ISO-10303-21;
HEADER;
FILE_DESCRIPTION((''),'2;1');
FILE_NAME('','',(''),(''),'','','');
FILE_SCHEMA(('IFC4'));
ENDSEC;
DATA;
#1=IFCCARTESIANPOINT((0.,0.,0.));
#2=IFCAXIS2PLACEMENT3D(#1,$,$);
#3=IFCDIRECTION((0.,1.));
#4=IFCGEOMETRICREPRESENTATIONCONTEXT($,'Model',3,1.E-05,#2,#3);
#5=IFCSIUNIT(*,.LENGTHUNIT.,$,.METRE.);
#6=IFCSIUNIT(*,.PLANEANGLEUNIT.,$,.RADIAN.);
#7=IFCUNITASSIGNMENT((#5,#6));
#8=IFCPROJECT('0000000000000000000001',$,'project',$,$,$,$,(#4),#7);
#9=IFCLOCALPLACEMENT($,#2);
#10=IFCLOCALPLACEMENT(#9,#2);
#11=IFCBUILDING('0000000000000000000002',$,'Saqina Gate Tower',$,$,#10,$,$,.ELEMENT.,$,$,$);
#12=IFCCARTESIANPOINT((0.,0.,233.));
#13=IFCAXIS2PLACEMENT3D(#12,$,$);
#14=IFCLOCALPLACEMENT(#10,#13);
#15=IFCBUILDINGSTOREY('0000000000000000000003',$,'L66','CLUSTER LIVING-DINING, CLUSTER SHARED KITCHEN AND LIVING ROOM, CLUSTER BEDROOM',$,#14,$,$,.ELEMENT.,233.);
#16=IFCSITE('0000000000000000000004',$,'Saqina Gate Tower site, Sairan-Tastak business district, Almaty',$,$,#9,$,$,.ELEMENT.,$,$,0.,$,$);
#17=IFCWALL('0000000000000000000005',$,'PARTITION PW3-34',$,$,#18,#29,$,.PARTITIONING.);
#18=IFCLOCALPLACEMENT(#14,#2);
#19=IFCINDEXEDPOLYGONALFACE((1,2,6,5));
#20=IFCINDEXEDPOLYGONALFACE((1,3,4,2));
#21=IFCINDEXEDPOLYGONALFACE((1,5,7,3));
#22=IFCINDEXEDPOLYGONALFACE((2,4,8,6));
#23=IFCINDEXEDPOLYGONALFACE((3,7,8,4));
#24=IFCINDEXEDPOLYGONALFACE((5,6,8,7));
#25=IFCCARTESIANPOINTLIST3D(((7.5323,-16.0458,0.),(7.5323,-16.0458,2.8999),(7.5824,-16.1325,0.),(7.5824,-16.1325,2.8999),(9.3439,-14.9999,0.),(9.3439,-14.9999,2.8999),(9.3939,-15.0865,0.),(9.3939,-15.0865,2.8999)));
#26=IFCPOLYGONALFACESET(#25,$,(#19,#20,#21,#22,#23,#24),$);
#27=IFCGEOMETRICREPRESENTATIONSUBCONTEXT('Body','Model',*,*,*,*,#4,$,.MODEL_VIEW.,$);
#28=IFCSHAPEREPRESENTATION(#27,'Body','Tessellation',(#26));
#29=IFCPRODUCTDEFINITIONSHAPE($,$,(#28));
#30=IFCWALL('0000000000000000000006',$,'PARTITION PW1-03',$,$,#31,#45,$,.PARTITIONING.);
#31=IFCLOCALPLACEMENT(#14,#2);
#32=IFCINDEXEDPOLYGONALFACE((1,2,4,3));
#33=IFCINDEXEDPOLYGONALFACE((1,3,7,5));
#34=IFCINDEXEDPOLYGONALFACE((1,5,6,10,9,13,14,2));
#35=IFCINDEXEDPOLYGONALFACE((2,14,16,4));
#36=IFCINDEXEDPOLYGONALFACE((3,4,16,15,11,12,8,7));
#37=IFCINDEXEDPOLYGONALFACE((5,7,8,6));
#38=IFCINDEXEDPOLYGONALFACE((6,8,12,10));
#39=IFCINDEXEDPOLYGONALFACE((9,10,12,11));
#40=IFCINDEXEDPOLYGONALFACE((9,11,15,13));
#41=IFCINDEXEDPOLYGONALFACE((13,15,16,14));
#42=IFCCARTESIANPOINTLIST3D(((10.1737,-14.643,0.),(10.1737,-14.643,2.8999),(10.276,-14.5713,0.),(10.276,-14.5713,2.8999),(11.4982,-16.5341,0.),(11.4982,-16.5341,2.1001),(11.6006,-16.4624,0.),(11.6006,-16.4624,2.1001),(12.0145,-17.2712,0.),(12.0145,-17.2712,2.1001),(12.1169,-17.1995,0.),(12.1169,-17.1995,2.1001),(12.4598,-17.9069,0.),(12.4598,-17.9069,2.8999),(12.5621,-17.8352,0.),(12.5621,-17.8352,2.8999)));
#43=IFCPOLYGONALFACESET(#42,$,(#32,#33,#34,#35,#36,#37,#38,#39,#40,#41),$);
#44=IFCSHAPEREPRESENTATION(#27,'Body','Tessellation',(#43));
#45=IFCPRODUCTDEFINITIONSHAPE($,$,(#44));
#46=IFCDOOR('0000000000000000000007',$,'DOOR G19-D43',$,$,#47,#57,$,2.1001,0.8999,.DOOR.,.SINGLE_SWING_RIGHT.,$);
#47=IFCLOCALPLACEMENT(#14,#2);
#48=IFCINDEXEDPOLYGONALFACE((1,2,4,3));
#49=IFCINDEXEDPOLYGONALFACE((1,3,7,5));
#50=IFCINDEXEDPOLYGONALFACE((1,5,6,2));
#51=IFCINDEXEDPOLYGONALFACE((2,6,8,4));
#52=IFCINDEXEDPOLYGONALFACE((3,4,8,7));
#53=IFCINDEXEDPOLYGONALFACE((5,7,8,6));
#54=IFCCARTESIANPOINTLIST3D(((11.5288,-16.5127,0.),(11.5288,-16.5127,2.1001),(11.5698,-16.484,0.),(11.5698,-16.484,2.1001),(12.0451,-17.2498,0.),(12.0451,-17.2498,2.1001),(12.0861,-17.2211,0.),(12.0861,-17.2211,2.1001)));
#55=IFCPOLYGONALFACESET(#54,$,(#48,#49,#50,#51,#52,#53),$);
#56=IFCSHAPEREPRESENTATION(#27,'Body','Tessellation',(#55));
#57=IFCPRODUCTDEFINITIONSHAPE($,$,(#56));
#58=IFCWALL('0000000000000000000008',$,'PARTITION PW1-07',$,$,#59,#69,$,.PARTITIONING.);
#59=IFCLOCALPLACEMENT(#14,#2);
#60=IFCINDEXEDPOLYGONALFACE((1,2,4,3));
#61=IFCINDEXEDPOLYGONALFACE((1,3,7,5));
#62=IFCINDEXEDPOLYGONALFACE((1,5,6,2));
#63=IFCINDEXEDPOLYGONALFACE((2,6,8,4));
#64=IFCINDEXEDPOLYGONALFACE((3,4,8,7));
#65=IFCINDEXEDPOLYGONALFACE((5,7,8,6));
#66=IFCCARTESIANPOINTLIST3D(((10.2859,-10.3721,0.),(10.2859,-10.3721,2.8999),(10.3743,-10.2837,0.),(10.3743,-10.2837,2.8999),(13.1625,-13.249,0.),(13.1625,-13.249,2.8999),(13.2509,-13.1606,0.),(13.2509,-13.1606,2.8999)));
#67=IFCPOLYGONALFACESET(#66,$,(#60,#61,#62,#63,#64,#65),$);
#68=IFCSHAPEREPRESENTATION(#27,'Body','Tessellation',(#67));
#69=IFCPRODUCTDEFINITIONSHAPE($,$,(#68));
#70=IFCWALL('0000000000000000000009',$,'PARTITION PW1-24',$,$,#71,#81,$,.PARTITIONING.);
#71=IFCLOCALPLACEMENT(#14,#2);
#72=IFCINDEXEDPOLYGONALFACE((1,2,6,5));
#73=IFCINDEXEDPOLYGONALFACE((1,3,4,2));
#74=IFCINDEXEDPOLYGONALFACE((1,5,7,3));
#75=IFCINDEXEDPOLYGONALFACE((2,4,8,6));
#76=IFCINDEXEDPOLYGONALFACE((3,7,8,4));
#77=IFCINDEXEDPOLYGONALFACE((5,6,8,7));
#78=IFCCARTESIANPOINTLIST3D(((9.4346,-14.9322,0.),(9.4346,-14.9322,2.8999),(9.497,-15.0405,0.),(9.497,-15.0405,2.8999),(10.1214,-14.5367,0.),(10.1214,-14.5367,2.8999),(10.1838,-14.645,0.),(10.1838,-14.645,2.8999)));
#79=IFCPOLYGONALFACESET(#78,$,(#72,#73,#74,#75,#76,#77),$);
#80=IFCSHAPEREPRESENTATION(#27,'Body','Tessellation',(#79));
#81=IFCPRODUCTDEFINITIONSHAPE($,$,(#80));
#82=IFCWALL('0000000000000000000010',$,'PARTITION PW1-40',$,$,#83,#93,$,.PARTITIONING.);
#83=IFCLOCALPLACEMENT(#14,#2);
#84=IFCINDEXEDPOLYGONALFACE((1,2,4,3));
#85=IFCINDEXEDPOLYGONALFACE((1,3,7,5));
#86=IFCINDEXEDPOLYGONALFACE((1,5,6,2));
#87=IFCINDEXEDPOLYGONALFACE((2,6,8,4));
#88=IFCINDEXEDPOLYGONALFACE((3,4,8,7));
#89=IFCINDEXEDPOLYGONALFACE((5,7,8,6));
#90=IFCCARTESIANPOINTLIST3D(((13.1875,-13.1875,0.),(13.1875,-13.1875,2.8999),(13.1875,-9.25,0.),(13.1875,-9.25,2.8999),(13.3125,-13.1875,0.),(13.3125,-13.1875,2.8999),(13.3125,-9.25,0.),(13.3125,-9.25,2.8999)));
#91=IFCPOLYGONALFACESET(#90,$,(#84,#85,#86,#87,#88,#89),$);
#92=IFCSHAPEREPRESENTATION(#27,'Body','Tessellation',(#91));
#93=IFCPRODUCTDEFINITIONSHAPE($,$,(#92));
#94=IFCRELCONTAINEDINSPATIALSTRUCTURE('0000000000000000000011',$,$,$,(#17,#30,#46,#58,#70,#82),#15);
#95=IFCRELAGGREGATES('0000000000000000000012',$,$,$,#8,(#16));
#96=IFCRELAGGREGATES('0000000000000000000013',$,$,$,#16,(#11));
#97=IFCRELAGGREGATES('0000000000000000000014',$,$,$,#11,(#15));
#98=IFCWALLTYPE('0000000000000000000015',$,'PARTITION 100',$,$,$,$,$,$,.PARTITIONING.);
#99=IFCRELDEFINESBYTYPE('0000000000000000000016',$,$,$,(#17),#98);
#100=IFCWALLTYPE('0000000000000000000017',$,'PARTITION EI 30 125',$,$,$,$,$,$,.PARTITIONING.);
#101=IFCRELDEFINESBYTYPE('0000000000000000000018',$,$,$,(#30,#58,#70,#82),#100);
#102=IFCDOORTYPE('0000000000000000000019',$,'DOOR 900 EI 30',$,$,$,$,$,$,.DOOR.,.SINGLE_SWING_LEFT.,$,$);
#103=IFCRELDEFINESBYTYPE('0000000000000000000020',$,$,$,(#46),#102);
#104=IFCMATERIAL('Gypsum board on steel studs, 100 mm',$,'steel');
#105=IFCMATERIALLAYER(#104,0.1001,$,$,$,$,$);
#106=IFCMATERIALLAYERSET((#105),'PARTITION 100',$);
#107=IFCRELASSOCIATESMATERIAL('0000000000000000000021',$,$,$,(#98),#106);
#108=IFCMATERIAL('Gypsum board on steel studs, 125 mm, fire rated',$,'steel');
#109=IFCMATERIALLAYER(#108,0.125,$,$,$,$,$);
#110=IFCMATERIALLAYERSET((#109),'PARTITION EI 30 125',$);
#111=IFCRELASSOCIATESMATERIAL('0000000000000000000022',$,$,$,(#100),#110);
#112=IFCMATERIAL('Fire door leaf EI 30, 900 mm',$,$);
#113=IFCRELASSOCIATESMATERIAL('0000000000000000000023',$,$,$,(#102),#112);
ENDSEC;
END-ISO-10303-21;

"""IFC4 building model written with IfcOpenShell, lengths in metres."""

from ifc_helpers import new_model, si_unit, direction, frame, frame_2d, origin, place, context, subcontext, project, spatial, rectangle, extrude, material, layer, layer_set, type_object, element, fill, save


model = new_model("IFC4")

# Units and contexts
model_context = context("Model", 3, precision=1e-05, world=origin(), true_north=direction((0.0, 1.0)))
body_context = subcontext(model_context, "Body", "Model", "MODEL_VIEW")
ifc_project = project(units=[si_unit("LENGTHUNIT", "METRE"), si_unit("PLANEANGLEUNIT", "RADIAN")], contexts=[model_context])

# Site, building, storey
site_placement = place(None, origin())
site = spatial("IfcSite", under=ifc_project, at=site_placement, Name="Saqina Gate Tower site, Sairan-Tastak business district, Almaty", CompositionType="ELEMENT", RefElevation=0.0)
building_placement = place(site_placement, origin())
building = spatial("IfcBuilding", under=site, at=building_placement, Name="Saqina Gate Tower", CompositionType="ELEMENT")
storey_placement = place(building_placement, frame((0.0, 0.0, 233.0)))
storey = spatial("IfcBuildingStorey", under=building, at=storey_placement, Name="L66", Description="CLUSTER LIVING-DINING, CLUSTER SHARED KITCHEN AND LIVING ROOM, CLUSTER BEDROOM", CompositionType="ELEMENT", Elevation=233.0)

# Shared definitions
ifc_material_1 = material(Name="Gypsum board on steel studs, 100 mm", Category="steel")
ifc_layer_1 = layer(ifc_material_1, 0.1001)
ifc_layer_set_1 = layer_set([ifc_layer_1], Name="PARTITION 100")
wall_type_1 = type_object("IfcWallType", Name="PARTITION 100", PredefinedType="PARTITIONING", material=ifc_layer_set_1)

# Wall
wall_1_placement = place(storey_placement, frame((7.5574, -16.0891, 0.0), z_axis=(0.0, 0.0, 1.0), x_axis=(0.866022, 0.500005, 0.0)))
element("IfcWall", 1, at=wall_1_placement, inside=storey, type_object=wall_type_1, Name="PARTITION PW3-34", PredefinedType="PARTITIONING", context=body_context, shape_type="SweptSolid", body=[
    extrude(rectangle(XDim=2.0918, YDim=0.1001, at=frame_2d((1.0459, 0.0))), origin(), (0.0, 0.0, 1.0), 2.8999),
])

# Wall, opening, door
ifc_material_2 = material(Name="Gypsum board on steel studs, 125 mm, fire rated", Category="steel")
ifc_layer_2 = layer(ifc_material_2, 0.125)
ifc_layer_set_2 = layer_set([ifc_layer_2], Name="PARTITION EI 30 125")
wall_type_2 = type_object("IfcWallType", Name="PARTITION EI 30 125", PredefinedType="PARTITIONING", material=ifc_layer_set_2)
wall_2_placement = place(storey_placement, frame((10.2249, -14.6072, 0.0), z_axis=(0.0, 0.0, 1.0), x_axis=(0.573697, -0.819068, 0.0)))
wall_2 = element("IfcWall", 2, at=wall_2_placement, inside=storey, type_object=wall_type_2, Name="PARTITION PW1-03", PredefinedType="PARTITIONING", context=body_context, shape_type="SweptSolid", body=[
    extrude(rectangle(XDim=3.9849, YDim=0.125, at=frame_2d((1.9924, 0.0))), origin(), (0.0, 0.0, 1.0), 2.8999),
])
opening_1_placement = place(wall_2_placement, frame((2.3088, 0.0, 0.0)))
opening_1 = element("IfcOpeningElement", 3, at=opening_1_placement, cuts=wall_2, PredefinedType="OPENING", context=body_context, shape_type="SweptSolid", body=[
    extrude(rectangle(XDim=0.8999, YDim=2.1001, at=frame_2d((0.45, 1.05))), frame((0.0, 0.0745, 0.0), z_axis=(0.0, -1.0, 0.0), x_axis=(1.0, 0.0, 0.0)), (0.0, 0.0, 1.0), 0.1489),
])
ifc_material_3 = material(Name="Fire door leaf EI 30, 900 mm")
door_type_1 = type_object("IfcDoorType", Name="DOOR 900 EI 30", OperationType="SINGLE_SWING_LEFT", PredefinedType="DOOR", material=ifc_material_3)
door_1_placement = place(opening_1_placement, origin())
door_1 = element("IfcDoor", 4, at=door_1_placement, inside=storey, type_object=door_type_1, Name="DOOR G19-D43", OperationType="SINGLE_SWING_RIGHT", OverallHeight=2.1001, OverallWidth=0.8999, PredefinedType="DOOR", context=body_context, shape_type="SweptSolid", body=[
    extrude(rectangle(XDim=0.8999, YDim=2.1001, at=frame_2d((0.45, 1.05))), frame((0.0, 0.0249, 0.0), z_axis=(0.0, -1.0, 0.0), x_axis=(1.0, 0.0, 0.0)), (0.0, 0.0, 1.0), 0.05),
])
fill(opening_1, door_1)

# Walls
wall_3_placement = place(storey_placement, frame((10.3301, -10.3279, 0.0), z_axis=(0.0, 0.0, 1.0), x_axis=(0.707077, -0.707137, 0.0)))
element("IfcWall", 5, at=wall_3_placement, inside=storey, type_object=wall_type_2, Name="PARTITION PW1-07", PredefinedType="PARTITIONING", context=body_context, shape_type="SweptSolid", body=[
    extrude(rectangle(XDim=4.0684, YDim=0.125, at=frame_2d((2.0342, 0.0))), origin(), (0.0, 0.0, 1.0), 2.8999),
])
wall_4_placement = place(storey_placement, frame((9.4658, -14.9863, 0.0), z_axis=(0.0, 0.0, 1.0), x_axis=(0.86657, 0.499056, 0.0)))
element("IfcWall", 6, at=wall_4_placement, inside=storey, type_object=wall_type_2, Name="PARTITION PW1-24", PredefinedType="PARTITIONING", context=body_context, shape_type="SweptSolid", body=[
    extrude(rectangle(XDim=0.7925, YDim=0.125, at=frame_2d((0.3962, 0.0))), origin(), (0.0, 0.0, 1.0), 2.8999),
])
wall_5_placement = place(storey_placement, frame((13.25, -13.1875, 0.0), z_axis=(0.0, 0.0, 1.0), x_axis=(0.0, 1.0, 0.0)))
element("IfcWall", 7, at=wall_5_placement, inside=storey, type_object=wall_type_2, Name="PARTITION PW1-40", PredefinedType="PARTITIONING", context=body_context, shape_type="SweptSolid", body=[
    extrude(rectangle(XDim=3.9375, YDim=0.125, at=frame_2d((1.9688, 0.0))), origin(), (0.0, 0.0, 1.0), 2.8999),
])

save(model, "model.ifc")
